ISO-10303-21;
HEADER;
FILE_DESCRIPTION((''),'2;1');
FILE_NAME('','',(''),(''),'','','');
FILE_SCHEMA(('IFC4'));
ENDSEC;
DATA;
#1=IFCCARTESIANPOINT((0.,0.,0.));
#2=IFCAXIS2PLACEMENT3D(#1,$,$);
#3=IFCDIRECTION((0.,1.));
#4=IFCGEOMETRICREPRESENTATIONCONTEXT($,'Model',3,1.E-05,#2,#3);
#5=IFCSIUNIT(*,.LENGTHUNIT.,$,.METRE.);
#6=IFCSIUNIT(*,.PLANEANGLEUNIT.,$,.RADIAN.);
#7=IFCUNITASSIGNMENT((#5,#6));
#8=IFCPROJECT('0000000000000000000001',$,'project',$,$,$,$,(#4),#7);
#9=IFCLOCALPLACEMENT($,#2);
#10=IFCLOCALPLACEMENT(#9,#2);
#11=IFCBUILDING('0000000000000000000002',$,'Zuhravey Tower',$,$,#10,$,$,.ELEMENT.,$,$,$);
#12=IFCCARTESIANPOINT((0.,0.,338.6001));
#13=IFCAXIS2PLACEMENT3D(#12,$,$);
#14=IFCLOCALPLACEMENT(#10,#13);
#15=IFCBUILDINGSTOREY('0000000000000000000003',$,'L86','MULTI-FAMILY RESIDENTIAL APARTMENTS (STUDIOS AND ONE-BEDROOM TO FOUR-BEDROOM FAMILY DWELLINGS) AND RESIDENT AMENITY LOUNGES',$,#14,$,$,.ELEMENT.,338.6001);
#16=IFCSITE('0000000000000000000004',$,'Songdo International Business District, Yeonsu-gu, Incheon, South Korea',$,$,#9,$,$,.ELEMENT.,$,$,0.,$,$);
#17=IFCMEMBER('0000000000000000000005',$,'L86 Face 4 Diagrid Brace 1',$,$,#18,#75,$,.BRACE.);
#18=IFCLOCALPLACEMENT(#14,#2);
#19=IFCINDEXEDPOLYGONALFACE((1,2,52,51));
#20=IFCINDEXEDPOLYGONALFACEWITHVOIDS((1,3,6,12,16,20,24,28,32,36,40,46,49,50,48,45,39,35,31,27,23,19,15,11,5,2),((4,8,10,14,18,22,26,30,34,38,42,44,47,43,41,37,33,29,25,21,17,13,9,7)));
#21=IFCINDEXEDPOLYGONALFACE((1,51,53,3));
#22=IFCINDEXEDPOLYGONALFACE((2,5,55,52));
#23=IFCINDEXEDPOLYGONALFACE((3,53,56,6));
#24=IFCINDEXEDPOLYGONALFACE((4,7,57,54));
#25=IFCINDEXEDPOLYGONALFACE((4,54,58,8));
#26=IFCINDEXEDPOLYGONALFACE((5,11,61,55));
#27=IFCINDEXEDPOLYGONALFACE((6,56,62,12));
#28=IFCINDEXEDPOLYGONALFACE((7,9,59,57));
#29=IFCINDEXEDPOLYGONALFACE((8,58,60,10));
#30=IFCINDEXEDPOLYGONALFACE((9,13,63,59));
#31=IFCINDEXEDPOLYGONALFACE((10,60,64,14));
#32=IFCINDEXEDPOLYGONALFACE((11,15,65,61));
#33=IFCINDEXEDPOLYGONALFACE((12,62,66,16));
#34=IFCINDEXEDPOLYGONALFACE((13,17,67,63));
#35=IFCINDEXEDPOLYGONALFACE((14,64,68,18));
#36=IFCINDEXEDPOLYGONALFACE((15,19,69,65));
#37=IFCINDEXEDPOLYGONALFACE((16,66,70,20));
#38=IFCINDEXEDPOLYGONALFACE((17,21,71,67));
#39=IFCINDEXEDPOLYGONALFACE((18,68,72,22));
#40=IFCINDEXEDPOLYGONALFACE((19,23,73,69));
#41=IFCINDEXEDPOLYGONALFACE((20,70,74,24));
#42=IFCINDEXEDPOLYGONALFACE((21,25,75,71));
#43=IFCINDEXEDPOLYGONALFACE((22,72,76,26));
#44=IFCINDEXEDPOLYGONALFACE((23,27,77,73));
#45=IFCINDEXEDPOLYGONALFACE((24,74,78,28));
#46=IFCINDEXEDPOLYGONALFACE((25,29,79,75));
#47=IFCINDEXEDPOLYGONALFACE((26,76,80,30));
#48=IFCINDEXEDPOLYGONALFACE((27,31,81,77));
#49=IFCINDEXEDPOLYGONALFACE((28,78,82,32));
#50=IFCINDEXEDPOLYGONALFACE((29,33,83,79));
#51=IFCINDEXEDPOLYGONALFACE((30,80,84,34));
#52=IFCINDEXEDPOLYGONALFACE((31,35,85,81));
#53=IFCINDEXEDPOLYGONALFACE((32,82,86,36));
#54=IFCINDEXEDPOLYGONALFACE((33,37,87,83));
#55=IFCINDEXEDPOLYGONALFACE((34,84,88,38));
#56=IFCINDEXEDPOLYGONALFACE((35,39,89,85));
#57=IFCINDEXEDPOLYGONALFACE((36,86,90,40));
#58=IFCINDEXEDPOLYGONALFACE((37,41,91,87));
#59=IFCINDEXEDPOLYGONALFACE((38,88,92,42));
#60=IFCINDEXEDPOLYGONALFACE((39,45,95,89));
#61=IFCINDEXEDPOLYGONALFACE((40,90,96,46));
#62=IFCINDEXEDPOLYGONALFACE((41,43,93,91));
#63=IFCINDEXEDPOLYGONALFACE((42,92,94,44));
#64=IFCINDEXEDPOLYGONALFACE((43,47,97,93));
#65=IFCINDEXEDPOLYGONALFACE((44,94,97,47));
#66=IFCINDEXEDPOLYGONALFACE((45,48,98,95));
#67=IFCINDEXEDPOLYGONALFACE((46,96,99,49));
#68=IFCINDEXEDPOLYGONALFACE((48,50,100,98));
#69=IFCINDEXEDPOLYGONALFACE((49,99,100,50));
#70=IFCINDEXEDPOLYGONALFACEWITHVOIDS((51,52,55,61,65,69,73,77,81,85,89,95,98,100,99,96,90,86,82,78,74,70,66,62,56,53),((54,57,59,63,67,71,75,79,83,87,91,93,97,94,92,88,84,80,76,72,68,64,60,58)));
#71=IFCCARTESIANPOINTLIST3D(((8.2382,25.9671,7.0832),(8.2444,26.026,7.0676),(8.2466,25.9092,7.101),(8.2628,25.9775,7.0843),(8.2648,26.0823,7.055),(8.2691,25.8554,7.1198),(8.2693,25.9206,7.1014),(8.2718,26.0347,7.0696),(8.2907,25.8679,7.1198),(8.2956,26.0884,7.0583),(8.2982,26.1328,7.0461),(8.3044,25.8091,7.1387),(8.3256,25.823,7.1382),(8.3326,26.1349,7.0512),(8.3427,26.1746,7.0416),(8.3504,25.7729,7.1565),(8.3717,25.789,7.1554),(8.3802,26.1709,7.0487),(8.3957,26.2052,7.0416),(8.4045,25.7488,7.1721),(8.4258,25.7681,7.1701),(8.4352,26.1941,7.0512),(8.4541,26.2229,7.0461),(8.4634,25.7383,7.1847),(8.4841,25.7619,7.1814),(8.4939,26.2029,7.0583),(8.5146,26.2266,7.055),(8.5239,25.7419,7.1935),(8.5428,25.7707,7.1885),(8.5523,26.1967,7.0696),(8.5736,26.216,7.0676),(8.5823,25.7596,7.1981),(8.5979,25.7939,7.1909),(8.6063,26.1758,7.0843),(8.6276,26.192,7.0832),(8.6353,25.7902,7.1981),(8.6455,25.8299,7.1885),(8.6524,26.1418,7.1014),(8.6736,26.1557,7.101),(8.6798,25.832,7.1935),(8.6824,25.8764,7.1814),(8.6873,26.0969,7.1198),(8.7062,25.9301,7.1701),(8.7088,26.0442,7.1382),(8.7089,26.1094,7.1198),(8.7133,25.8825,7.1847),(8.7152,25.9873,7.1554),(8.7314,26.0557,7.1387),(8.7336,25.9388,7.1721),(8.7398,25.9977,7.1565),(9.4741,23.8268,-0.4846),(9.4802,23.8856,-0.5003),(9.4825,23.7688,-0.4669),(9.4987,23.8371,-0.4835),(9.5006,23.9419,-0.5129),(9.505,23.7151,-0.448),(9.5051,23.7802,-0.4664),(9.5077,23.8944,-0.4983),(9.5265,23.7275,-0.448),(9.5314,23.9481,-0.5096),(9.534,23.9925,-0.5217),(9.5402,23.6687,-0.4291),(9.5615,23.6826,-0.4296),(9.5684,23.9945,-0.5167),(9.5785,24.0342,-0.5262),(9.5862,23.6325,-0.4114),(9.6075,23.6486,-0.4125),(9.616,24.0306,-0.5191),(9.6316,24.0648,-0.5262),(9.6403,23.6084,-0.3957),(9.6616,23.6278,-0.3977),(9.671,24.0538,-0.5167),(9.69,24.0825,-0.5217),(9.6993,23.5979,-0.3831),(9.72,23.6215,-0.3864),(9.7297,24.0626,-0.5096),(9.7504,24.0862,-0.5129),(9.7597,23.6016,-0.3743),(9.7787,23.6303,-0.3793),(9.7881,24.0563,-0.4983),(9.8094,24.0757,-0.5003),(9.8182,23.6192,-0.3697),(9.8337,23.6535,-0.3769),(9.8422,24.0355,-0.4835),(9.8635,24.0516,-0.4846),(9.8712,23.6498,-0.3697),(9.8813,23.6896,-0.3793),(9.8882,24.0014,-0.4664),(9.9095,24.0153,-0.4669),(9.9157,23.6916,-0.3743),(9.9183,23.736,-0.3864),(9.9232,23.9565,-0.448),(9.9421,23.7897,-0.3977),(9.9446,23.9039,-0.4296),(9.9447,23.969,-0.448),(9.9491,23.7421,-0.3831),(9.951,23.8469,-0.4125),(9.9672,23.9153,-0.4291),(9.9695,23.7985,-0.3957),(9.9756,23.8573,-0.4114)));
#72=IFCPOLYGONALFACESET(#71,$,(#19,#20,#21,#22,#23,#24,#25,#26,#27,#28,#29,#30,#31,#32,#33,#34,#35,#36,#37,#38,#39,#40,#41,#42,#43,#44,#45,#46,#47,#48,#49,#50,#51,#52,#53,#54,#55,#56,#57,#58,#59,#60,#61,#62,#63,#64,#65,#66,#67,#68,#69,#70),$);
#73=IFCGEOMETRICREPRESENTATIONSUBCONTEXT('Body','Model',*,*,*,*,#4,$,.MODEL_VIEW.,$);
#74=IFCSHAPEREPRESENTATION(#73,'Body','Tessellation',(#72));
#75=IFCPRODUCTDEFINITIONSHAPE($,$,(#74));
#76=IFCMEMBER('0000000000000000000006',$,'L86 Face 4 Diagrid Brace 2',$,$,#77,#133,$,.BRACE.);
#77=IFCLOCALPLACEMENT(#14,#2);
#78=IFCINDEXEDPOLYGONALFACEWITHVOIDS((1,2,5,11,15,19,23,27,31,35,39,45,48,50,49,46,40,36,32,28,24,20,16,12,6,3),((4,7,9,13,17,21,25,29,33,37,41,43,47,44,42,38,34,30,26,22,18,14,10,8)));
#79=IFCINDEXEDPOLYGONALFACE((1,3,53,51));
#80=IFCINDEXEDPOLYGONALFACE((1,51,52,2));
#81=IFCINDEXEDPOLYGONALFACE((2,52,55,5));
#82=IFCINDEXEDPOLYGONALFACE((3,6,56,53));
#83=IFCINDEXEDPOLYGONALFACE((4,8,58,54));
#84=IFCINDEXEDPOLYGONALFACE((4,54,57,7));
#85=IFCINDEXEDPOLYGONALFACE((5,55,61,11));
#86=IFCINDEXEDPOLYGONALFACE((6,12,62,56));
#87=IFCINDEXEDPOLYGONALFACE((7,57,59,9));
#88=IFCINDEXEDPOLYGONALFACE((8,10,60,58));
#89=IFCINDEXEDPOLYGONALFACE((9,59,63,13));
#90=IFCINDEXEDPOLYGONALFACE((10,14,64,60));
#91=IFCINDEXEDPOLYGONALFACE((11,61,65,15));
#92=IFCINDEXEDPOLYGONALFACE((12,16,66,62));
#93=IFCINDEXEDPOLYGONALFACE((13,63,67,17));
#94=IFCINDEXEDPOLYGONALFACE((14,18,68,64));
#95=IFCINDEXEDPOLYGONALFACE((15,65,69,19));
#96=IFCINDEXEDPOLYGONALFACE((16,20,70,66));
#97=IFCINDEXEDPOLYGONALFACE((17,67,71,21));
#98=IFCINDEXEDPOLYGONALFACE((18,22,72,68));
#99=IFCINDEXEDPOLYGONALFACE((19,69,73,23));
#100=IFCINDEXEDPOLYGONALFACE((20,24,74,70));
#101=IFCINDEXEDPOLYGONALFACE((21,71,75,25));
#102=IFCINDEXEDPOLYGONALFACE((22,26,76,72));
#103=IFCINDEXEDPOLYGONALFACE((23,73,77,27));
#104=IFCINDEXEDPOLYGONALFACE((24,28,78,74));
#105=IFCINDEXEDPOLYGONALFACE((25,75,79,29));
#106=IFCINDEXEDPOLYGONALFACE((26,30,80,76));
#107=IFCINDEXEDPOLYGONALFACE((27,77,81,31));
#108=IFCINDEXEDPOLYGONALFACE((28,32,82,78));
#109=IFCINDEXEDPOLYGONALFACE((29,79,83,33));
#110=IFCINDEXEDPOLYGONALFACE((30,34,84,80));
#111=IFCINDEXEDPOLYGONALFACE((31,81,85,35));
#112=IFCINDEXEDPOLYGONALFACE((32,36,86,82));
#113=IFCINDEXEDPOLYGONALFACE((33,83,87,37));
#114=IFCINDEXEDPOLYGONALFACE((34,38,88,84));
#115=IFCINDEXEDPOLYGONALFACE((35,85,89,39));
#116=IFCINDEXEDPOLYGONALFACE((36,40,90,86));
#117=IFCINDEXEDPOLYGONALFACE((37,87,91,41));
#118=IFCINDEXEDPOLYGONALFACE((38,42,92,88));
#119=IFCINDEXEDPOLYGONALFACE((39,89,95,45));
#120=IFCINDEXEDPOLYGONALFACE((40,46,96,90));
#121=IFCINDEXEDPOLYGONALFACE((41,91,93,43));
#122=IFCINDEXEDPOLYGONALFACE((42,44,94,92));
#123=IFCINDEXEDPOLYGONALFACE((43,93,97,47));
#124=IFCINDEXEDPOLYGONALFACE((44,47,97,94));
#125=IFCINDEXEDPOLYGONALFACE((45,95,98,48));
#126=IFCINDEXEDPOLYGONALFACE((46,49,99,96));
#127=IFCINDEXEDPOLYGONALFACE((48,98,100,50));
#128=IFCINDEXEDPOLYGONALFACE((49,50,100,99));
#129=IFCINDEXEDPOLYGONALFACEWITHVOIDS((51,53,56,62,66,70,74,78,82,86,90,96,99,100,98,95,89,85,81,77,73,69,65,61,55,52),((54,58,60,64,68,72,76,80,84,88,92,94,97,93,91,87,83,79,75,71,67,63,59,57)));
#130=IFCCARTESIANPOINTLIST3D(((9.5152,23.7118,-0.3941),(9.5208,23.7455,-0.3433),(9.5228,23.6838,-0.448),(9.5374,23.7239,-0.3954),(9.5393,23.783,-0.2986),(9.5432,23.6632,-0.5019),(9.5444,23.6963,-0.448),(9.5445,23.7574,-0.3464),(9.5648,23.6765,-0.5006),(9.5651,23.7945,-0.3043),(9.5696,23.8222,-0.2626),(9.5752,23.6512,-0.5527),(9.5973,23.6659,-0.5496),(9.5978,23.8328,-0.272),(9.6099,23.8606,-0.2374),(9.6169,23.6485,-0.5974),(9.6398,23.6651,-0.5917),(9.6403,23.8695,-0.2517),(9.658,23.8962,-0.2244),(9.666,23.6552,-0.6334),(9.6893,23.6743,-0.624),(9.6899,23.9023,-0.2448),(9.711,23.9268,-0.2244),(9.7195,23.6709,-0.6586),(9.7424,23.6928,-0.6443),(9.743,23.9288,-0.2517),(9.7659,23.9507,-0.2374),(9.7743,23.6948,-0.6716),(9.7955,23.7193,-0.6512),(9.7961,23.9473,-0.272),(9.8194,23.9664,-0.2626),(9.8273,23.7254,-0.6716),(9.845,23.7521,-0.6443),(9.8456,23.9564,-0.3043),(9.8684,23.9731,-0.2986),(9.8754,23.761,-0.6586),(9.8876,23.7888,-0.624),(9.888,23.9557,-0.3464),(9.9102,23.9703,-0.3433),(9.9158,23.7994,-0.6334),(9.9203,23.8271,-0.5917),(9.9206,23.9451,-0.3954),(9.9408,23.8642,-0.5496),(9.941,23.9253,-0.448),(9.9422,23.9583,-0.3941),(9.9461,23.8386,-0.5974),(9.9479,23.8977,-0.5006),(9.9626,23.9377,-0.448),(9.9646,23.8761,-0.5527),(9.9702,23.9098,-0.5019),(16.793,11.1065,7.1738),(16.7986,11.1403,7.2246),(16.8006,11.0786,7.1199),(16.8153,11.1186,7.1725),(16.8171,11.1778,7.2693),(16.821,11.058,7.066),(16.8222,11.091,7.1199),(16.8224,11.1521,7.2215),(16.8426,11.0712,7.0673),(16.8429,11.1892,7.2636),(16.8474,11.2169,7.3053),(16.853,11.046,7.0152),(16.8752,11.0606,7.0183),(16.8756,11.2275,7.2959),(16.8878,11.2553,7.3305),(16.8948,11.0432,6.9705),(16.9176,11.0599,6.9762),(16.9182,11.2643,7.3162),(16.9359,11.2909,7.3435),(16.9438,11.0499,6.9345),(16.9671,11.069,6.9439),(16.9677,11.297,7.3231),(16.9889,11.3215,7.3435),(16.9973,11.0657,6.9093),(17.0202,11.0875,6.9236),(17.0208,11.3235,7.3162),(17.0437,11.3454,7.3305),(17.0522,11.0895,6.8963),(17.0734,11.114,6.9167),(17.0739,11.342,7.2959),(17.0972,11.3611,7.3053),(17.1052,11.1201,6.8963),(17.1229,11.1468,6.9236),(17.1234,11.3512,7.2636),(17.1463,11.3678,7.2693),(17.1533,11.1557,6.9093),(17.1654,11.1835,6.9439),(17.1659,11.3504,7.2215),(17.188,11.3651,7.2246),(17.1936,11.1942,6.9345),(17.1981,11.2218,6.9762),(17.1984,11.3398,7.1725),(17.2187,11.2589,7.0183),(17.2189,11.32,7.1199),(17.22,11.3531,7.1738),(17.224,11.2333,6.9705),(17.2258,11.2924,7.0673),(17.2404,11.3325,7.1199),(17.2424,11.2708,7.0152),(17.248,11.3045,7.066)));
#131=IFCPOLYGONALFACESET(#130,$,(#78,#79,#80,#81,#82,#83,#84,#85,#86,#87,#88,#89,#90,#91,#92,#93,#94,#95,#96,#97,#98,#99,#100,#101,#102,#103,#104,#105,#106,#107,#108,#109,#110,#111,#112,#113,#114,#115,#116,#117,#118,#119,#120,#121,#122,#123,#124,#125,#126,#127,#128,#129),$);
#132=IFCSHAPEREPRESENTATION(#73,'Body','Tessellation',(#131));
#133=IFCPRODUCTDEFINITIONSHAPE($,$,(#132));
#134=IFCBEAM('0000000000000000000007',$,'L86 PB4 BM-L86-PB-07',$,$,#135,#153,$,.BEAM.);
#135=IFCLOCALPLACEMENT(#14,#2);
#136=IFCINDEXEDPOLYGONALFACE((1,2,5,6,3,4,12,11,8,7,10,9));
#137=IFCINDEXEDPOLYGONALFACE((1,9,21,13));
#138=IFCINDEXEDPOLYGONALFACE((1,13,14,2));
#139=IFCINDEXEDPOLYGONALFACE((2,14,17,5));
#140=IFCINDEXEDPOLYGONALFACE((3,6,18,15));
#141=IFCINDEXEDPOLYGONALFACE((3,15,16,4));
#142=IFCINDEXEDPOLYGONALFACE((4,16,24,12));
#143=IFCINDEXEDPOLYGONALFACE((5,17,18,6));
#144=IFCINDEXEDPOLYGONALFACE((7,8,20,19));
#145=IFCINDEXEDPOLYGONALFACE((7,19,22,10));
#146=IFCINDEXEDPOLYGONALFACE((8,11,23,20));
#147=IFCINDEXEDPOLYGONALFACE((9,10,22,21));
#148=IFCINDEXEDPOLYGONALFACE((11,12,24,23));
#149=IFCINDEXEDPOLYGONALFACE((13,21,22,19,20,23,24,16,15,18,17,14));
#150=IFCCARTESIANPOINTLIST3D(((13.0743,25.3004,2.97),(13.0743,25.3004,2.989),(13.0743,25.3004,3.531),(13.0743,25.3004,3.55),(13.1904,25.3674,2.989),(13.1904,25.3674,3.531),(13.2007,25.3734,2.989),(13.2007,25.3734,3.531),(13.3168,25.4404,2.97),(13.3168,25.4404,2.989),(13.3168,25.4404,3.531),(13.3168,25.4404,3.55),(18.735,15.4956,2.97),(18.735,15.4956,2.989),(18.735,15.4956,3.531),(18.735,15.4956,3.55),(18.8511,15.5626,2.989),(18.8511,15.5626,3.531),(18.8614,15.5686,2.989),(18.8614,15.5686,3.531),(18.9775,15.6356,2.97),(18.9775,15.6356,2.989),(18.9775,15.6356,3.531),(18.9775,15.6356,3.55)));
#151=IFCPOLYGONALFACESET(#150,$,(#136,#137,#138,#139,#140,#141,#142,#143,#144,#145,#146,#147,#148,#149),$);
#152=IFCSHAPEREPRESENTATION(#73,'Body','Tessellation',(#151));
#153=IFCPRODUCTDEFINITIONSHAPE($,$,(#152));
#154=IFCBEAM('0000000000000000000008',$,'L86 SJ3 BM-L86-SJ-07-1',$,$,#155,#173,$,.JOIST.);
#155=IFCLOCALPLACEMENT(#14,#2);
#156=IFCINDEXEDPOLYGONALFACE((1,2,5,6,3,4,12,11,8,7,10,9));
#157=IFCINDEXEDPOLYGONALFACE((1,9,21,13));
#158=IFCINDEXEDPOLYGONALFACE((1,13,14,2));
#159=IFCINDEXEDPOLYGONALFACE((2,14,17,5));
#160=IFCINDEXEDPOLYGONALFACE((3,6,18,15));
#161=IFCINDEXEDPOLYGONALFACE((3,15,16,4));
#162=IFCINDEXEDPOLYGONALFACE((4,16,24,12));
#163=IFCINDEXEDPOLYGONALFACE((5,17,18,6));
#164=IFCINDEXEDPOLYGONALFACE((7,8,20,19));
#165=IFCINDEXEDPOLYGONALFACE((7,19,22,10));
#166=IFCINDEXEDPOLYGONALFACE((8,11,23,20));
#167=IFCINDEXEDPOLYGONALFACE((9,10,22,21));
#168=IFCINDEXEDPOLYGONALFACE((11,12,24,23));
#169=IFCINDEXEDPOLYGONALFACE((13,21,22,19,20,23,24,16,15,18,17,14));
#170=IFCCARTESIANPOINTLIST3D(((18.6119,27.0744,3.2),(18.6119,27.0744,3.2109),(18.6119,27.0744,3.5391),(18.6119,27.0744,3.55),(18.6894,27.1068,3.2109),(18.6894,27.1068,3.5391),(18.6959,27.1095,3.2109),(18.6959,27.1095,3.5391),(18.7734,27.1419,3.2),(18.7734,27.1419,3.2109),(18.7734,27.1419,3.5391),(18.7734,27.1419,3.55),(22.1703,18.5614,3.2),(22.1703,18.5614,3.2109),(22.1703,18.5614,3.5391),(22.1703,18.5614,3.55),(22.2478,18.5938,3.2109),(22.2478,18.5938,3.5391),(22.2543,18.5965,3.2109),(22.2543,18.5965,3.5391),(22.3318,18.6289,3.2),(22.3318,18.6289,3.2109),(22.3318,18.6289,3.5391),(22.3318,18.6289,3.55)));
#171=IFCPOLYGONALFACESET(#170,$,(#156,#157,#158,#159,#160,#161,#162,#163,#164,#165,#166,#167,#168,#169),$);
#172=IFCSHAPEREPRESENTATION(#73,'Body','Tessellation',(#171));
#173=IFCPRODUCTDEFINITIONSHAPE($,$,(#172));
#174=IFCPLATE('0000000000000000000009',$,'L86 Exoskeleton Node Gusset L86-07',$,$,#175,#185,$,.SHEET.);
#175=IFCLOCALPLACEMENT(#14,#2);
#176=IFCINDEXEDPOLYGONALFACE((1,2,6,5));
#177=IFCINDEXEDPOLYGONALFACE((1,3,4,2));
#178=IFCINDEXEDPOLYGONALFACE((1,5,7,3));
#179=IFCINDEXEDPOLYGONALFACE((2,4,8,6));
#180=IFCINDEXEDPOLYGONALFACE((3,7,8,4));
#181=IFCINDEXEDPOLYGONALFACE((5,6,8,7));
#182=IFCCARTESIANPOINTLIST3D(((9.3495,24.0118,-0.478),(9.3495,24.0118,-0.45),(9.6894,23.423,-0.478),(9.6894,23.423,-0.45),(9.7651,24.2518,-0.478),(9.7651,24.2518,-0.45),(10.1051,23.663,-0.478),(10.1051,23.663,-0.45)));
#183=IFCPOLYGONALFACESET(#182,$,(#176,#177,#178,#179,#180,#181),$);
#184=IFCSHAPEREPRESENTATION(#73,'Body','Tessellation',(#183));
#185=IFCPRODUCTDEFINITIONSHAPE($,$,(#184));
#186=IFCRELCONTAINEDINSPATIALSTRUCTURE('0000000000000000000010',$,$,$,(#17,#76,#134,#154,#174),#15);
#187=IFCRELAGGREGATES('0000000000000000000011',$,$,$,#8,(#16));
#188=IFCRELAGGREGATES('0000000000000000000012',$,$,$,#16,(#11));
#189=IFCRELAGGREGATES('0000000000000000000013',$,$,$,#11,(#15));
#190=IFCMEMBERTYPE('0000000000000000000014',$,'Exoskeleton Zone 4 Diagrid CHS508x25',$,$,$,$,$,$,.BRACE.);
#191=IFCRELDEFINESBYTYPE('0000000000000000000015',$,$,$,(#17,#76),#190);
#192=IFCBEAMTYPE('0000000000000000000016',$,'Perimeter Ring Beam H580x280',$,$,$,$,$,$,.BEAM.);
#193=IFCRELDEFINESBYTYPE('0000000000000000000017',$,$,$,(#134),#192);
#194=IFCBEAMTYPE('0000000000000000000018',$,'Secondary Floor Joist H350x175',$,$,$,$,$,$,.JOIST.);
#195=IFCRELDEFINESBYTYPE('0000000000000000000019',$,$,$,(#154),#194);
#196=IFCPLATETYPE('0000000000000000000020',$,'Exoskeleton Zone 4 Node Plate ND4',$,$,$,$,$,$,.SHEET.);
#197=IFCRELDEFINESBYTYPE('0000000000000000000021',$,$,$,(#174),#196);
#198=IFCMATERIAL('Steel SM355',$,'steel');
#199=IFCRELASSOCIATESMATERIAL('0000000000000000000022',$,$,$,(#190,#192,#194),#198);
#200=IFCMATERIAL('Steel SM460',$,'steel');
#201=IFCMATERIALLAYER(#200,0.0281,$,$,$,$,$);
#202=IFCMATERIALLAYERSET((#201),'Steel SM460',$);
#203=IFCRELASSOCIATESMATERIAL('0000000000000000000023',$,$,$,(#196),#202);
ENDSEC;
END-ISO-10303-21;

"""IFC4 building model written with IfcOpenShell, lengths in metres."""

from ifc_helpers import new_model, si_unit, direction, frame, origin, origin_2d, place, context, subcontext, project, spatial, rectangle, hollow_circle, i_section, extrude, material, layer, layer_set, material_profile, profile_set, type_object, element, save


model = new_model("IFC4")

# Units and contexts
model_context = context("Model", 3, precision=1e-05, world=origin(), true_north=direction((0.0, 1.0)))
body_context = subcontext(model_context, "Body", "Model", "MODEL_VIEW")
ifc_project = project(units=[si_unit("LENGTHUNIT", "METRE"), si_unit("PLANEANGLEUNIT", "RADIAN")], contexts=[model_context])

# Site, building, storey
site_placement = place(None, origin())
site = spatial("IfcSite", under=ifc_project, at=site_placement, Name="Songdo International Business District, Yeonsu-gu, Incheon, South Korea", CompositionType="ELEMENT", RefElevation=0.0)
building_placement = place(site_placement, origin())
building = spatial("IfcBuilding", under=site, at=building_placement, Name="Zuhravey Tower", CompositionType="ELEMENT")
storey_placement = place(building_placement, frame((0.0, 0.0, 338.6001)))
storey = spatial("IfcBuildingStorey", under=building, at=storey_placement, Name="L86", Description="MULTI-FAMILY RESIDENTIAL APARTMENTS (STUDIOS AND ONE-BEDROOM TO FOUR-BEDROOM FAMILY DWELLINGS) AND RESIDENT AMENITY LOUNGES", CompositionType="ELEMENT", Elevation=338.6001)

# Members
ifc_material_1 = material(Name="Steel SM355", Category="steel")
ifc_material_profile_1 = material_profile(ifc_material_1, hollow_circle(Radius=0.2539, WallThickness=0.0249, at=origin_2d()), Name="CHS-508.0x25")
ifc_profile_set_1 = profile_set([ifc_material_profile_1], Name="Steel SM355")
member_type_1 = type_object("IfcMemberType", Name="Exoskeleton Zone 4 Diagrid CHS508x25", PredefinedType="BRACE", material=ifc_profile_set_1)
member_1_placement = place(storey_placement, frame((9.7249, 23.842, -0.448), z_axis=(-0.155232, 0.26885, 0.950591), x_axis=(-0.86601, -0.500027, 0.0)))
element("IfcMember", 1, at=member_1_placement, inside=storey, type_object=member_type_1, Name="L86 Face 4 Diagrid Brace 1", PredefinedType="BRACE", context=body_context, shape_type="SweptSolid", body=[
    extrude(hollow_circle(Radius=0.2539, WallThickness=0.0249, at=origin_2d()), origin(), (0.0, 0.0, 1.0), 7.9612),
])
member_2_placement = place(storey_placement, frame((9.7427, 23.8108, -0.448), z_axis=(0.443629, -0.768367, 0.461309), x_axis=(0.866019, 0.50001, 0.0)))
element("IfcMember", 2, at=member_2_placement, inside=storey, type_object=member_type_1, Name="L86 Face 4 Diagrid Brace 2", PredefinedType="BRACE", context=body_context, shape_type="SweptSolid", body=[
    extrude(hollow_circle(Radius=0.2539, WallThickness=0.0249, at=origin_2d()), origin(), (0.0, 0.0, 1.0), 16.4053),
])

# Beams
ifc_material_profile_2 = material_profile(ifc_material_1, i_section(OverallWidth=0.28, OverallDepth=0.5801, WebThickness=0.012, FlangeThickness=0.019, at=origin_2d()), Name="H-580x280x12x19")
ifc_profile_set_2 = profile_set([ifc_material_profile_2], Name="Steel SM355")
beam_type_1 = type_object("IfcBeamType", Name="Perimeter Ring Beam H580x280", PredefinedType="BEAM", material=ifc_profile_set_2)
beam_1_placement = place(storey_placement, frame((13.1956, 25.3704, 3.26), z_axis=(0.499994, -0.866029, 0.0), x_axis=(0.866029, 0.499994, 0.0)))
element("IfcBeam", 3, at=beam_1_placement, inside=storey, type_object=beam_type_1, Name="L86 PB4 BM-L86-PB-07", PredefinedType="BEAM", context=body_context, shape_type="SweptSolid", body=[
    extrude(i_section(OverallWidth=0.28, OverallDepth=0.5801, WebThickness=0.012, FlangeThickness=0.019, at=origin_2d()), origin(), (0.0, 0.0, 1.0), 11.3215),
])
ifc_material_profile_3 = material_profile(ifc_material_1, i_section(OverallWidth=0.175, OverallDepth=0.3501, WebThickness=0.0071, FlangeThickness=0.011, at=origin_2d()), Name="H-350x175x7x11")
ifc_profile_set_3 = profile_set([ifc_material_profile_3], Name="Steel SM355")
beam_type_2 = type_object("IfcBeamType", Name="Secondary Floor Joist H350x175", PredefinedType="JOIST", material=ifc_profile_set_3)
beam_2_placement = place(storey_placement, frame((18.6926, 27.1082, 3.375), z_axis=(0.385658, -0.922642, 0.0), x_axis=(0.922642, 0.385658, 0.0)))
element("IfcBeam", 4, at=beam_2_placement, inside=storey, type_object=beam_type_2, Name="L86 SJ3 BM-L86-SJ-07-1", PredefinedType="JOIST", context=body_context, shape_type="SweptSolid", body=[
    extrude(i_section(OverallWidth=0.175, OverallDepth=0.3501, WebThickness=0.0071, FlangeThickness=0.011, at=origin_2d()), origin(), (0.0, 0.0, 1.0), 9.2268),
])

# Plate
ifc_material_2 = material(Name="Steel SM460", Category="steel")
ifc_layer_1 = layer(ifc_material_2, 0.0281)
ifc_layer_set_1 = layer_set([ifc_layer_1], Name="Steel SM460")
plate_type_1 = type_object("IfcPlateType", Name="Exoskeleton Zone 4 Node Plate ND4", PredefinedType="SHEET", material=ifc_layer_set_1)
plate_1_placement = place(storey_placement, frame((9.7273, 23.8374, -0.478), z_axis=(0.0, 0.0, 1.0), x_axis=(0.5, -0.866025, 0.0)))
element("IfcPlate", 5, at=plate_1_placement, inside=storey, type_object=plate_type_1, Name="L86 Exoskeleton Node Gusset L86-07", PredefinedType="SHEET", context=body_context, shape_type="SweptSolid", body=[
    extrude(rectangle(XDim=0.6799, YDim=0.48, at=origin_2d()), origin(), (0.0, 0.0, 1.0), 0.0281),
])

save(model, "model.ifc")
